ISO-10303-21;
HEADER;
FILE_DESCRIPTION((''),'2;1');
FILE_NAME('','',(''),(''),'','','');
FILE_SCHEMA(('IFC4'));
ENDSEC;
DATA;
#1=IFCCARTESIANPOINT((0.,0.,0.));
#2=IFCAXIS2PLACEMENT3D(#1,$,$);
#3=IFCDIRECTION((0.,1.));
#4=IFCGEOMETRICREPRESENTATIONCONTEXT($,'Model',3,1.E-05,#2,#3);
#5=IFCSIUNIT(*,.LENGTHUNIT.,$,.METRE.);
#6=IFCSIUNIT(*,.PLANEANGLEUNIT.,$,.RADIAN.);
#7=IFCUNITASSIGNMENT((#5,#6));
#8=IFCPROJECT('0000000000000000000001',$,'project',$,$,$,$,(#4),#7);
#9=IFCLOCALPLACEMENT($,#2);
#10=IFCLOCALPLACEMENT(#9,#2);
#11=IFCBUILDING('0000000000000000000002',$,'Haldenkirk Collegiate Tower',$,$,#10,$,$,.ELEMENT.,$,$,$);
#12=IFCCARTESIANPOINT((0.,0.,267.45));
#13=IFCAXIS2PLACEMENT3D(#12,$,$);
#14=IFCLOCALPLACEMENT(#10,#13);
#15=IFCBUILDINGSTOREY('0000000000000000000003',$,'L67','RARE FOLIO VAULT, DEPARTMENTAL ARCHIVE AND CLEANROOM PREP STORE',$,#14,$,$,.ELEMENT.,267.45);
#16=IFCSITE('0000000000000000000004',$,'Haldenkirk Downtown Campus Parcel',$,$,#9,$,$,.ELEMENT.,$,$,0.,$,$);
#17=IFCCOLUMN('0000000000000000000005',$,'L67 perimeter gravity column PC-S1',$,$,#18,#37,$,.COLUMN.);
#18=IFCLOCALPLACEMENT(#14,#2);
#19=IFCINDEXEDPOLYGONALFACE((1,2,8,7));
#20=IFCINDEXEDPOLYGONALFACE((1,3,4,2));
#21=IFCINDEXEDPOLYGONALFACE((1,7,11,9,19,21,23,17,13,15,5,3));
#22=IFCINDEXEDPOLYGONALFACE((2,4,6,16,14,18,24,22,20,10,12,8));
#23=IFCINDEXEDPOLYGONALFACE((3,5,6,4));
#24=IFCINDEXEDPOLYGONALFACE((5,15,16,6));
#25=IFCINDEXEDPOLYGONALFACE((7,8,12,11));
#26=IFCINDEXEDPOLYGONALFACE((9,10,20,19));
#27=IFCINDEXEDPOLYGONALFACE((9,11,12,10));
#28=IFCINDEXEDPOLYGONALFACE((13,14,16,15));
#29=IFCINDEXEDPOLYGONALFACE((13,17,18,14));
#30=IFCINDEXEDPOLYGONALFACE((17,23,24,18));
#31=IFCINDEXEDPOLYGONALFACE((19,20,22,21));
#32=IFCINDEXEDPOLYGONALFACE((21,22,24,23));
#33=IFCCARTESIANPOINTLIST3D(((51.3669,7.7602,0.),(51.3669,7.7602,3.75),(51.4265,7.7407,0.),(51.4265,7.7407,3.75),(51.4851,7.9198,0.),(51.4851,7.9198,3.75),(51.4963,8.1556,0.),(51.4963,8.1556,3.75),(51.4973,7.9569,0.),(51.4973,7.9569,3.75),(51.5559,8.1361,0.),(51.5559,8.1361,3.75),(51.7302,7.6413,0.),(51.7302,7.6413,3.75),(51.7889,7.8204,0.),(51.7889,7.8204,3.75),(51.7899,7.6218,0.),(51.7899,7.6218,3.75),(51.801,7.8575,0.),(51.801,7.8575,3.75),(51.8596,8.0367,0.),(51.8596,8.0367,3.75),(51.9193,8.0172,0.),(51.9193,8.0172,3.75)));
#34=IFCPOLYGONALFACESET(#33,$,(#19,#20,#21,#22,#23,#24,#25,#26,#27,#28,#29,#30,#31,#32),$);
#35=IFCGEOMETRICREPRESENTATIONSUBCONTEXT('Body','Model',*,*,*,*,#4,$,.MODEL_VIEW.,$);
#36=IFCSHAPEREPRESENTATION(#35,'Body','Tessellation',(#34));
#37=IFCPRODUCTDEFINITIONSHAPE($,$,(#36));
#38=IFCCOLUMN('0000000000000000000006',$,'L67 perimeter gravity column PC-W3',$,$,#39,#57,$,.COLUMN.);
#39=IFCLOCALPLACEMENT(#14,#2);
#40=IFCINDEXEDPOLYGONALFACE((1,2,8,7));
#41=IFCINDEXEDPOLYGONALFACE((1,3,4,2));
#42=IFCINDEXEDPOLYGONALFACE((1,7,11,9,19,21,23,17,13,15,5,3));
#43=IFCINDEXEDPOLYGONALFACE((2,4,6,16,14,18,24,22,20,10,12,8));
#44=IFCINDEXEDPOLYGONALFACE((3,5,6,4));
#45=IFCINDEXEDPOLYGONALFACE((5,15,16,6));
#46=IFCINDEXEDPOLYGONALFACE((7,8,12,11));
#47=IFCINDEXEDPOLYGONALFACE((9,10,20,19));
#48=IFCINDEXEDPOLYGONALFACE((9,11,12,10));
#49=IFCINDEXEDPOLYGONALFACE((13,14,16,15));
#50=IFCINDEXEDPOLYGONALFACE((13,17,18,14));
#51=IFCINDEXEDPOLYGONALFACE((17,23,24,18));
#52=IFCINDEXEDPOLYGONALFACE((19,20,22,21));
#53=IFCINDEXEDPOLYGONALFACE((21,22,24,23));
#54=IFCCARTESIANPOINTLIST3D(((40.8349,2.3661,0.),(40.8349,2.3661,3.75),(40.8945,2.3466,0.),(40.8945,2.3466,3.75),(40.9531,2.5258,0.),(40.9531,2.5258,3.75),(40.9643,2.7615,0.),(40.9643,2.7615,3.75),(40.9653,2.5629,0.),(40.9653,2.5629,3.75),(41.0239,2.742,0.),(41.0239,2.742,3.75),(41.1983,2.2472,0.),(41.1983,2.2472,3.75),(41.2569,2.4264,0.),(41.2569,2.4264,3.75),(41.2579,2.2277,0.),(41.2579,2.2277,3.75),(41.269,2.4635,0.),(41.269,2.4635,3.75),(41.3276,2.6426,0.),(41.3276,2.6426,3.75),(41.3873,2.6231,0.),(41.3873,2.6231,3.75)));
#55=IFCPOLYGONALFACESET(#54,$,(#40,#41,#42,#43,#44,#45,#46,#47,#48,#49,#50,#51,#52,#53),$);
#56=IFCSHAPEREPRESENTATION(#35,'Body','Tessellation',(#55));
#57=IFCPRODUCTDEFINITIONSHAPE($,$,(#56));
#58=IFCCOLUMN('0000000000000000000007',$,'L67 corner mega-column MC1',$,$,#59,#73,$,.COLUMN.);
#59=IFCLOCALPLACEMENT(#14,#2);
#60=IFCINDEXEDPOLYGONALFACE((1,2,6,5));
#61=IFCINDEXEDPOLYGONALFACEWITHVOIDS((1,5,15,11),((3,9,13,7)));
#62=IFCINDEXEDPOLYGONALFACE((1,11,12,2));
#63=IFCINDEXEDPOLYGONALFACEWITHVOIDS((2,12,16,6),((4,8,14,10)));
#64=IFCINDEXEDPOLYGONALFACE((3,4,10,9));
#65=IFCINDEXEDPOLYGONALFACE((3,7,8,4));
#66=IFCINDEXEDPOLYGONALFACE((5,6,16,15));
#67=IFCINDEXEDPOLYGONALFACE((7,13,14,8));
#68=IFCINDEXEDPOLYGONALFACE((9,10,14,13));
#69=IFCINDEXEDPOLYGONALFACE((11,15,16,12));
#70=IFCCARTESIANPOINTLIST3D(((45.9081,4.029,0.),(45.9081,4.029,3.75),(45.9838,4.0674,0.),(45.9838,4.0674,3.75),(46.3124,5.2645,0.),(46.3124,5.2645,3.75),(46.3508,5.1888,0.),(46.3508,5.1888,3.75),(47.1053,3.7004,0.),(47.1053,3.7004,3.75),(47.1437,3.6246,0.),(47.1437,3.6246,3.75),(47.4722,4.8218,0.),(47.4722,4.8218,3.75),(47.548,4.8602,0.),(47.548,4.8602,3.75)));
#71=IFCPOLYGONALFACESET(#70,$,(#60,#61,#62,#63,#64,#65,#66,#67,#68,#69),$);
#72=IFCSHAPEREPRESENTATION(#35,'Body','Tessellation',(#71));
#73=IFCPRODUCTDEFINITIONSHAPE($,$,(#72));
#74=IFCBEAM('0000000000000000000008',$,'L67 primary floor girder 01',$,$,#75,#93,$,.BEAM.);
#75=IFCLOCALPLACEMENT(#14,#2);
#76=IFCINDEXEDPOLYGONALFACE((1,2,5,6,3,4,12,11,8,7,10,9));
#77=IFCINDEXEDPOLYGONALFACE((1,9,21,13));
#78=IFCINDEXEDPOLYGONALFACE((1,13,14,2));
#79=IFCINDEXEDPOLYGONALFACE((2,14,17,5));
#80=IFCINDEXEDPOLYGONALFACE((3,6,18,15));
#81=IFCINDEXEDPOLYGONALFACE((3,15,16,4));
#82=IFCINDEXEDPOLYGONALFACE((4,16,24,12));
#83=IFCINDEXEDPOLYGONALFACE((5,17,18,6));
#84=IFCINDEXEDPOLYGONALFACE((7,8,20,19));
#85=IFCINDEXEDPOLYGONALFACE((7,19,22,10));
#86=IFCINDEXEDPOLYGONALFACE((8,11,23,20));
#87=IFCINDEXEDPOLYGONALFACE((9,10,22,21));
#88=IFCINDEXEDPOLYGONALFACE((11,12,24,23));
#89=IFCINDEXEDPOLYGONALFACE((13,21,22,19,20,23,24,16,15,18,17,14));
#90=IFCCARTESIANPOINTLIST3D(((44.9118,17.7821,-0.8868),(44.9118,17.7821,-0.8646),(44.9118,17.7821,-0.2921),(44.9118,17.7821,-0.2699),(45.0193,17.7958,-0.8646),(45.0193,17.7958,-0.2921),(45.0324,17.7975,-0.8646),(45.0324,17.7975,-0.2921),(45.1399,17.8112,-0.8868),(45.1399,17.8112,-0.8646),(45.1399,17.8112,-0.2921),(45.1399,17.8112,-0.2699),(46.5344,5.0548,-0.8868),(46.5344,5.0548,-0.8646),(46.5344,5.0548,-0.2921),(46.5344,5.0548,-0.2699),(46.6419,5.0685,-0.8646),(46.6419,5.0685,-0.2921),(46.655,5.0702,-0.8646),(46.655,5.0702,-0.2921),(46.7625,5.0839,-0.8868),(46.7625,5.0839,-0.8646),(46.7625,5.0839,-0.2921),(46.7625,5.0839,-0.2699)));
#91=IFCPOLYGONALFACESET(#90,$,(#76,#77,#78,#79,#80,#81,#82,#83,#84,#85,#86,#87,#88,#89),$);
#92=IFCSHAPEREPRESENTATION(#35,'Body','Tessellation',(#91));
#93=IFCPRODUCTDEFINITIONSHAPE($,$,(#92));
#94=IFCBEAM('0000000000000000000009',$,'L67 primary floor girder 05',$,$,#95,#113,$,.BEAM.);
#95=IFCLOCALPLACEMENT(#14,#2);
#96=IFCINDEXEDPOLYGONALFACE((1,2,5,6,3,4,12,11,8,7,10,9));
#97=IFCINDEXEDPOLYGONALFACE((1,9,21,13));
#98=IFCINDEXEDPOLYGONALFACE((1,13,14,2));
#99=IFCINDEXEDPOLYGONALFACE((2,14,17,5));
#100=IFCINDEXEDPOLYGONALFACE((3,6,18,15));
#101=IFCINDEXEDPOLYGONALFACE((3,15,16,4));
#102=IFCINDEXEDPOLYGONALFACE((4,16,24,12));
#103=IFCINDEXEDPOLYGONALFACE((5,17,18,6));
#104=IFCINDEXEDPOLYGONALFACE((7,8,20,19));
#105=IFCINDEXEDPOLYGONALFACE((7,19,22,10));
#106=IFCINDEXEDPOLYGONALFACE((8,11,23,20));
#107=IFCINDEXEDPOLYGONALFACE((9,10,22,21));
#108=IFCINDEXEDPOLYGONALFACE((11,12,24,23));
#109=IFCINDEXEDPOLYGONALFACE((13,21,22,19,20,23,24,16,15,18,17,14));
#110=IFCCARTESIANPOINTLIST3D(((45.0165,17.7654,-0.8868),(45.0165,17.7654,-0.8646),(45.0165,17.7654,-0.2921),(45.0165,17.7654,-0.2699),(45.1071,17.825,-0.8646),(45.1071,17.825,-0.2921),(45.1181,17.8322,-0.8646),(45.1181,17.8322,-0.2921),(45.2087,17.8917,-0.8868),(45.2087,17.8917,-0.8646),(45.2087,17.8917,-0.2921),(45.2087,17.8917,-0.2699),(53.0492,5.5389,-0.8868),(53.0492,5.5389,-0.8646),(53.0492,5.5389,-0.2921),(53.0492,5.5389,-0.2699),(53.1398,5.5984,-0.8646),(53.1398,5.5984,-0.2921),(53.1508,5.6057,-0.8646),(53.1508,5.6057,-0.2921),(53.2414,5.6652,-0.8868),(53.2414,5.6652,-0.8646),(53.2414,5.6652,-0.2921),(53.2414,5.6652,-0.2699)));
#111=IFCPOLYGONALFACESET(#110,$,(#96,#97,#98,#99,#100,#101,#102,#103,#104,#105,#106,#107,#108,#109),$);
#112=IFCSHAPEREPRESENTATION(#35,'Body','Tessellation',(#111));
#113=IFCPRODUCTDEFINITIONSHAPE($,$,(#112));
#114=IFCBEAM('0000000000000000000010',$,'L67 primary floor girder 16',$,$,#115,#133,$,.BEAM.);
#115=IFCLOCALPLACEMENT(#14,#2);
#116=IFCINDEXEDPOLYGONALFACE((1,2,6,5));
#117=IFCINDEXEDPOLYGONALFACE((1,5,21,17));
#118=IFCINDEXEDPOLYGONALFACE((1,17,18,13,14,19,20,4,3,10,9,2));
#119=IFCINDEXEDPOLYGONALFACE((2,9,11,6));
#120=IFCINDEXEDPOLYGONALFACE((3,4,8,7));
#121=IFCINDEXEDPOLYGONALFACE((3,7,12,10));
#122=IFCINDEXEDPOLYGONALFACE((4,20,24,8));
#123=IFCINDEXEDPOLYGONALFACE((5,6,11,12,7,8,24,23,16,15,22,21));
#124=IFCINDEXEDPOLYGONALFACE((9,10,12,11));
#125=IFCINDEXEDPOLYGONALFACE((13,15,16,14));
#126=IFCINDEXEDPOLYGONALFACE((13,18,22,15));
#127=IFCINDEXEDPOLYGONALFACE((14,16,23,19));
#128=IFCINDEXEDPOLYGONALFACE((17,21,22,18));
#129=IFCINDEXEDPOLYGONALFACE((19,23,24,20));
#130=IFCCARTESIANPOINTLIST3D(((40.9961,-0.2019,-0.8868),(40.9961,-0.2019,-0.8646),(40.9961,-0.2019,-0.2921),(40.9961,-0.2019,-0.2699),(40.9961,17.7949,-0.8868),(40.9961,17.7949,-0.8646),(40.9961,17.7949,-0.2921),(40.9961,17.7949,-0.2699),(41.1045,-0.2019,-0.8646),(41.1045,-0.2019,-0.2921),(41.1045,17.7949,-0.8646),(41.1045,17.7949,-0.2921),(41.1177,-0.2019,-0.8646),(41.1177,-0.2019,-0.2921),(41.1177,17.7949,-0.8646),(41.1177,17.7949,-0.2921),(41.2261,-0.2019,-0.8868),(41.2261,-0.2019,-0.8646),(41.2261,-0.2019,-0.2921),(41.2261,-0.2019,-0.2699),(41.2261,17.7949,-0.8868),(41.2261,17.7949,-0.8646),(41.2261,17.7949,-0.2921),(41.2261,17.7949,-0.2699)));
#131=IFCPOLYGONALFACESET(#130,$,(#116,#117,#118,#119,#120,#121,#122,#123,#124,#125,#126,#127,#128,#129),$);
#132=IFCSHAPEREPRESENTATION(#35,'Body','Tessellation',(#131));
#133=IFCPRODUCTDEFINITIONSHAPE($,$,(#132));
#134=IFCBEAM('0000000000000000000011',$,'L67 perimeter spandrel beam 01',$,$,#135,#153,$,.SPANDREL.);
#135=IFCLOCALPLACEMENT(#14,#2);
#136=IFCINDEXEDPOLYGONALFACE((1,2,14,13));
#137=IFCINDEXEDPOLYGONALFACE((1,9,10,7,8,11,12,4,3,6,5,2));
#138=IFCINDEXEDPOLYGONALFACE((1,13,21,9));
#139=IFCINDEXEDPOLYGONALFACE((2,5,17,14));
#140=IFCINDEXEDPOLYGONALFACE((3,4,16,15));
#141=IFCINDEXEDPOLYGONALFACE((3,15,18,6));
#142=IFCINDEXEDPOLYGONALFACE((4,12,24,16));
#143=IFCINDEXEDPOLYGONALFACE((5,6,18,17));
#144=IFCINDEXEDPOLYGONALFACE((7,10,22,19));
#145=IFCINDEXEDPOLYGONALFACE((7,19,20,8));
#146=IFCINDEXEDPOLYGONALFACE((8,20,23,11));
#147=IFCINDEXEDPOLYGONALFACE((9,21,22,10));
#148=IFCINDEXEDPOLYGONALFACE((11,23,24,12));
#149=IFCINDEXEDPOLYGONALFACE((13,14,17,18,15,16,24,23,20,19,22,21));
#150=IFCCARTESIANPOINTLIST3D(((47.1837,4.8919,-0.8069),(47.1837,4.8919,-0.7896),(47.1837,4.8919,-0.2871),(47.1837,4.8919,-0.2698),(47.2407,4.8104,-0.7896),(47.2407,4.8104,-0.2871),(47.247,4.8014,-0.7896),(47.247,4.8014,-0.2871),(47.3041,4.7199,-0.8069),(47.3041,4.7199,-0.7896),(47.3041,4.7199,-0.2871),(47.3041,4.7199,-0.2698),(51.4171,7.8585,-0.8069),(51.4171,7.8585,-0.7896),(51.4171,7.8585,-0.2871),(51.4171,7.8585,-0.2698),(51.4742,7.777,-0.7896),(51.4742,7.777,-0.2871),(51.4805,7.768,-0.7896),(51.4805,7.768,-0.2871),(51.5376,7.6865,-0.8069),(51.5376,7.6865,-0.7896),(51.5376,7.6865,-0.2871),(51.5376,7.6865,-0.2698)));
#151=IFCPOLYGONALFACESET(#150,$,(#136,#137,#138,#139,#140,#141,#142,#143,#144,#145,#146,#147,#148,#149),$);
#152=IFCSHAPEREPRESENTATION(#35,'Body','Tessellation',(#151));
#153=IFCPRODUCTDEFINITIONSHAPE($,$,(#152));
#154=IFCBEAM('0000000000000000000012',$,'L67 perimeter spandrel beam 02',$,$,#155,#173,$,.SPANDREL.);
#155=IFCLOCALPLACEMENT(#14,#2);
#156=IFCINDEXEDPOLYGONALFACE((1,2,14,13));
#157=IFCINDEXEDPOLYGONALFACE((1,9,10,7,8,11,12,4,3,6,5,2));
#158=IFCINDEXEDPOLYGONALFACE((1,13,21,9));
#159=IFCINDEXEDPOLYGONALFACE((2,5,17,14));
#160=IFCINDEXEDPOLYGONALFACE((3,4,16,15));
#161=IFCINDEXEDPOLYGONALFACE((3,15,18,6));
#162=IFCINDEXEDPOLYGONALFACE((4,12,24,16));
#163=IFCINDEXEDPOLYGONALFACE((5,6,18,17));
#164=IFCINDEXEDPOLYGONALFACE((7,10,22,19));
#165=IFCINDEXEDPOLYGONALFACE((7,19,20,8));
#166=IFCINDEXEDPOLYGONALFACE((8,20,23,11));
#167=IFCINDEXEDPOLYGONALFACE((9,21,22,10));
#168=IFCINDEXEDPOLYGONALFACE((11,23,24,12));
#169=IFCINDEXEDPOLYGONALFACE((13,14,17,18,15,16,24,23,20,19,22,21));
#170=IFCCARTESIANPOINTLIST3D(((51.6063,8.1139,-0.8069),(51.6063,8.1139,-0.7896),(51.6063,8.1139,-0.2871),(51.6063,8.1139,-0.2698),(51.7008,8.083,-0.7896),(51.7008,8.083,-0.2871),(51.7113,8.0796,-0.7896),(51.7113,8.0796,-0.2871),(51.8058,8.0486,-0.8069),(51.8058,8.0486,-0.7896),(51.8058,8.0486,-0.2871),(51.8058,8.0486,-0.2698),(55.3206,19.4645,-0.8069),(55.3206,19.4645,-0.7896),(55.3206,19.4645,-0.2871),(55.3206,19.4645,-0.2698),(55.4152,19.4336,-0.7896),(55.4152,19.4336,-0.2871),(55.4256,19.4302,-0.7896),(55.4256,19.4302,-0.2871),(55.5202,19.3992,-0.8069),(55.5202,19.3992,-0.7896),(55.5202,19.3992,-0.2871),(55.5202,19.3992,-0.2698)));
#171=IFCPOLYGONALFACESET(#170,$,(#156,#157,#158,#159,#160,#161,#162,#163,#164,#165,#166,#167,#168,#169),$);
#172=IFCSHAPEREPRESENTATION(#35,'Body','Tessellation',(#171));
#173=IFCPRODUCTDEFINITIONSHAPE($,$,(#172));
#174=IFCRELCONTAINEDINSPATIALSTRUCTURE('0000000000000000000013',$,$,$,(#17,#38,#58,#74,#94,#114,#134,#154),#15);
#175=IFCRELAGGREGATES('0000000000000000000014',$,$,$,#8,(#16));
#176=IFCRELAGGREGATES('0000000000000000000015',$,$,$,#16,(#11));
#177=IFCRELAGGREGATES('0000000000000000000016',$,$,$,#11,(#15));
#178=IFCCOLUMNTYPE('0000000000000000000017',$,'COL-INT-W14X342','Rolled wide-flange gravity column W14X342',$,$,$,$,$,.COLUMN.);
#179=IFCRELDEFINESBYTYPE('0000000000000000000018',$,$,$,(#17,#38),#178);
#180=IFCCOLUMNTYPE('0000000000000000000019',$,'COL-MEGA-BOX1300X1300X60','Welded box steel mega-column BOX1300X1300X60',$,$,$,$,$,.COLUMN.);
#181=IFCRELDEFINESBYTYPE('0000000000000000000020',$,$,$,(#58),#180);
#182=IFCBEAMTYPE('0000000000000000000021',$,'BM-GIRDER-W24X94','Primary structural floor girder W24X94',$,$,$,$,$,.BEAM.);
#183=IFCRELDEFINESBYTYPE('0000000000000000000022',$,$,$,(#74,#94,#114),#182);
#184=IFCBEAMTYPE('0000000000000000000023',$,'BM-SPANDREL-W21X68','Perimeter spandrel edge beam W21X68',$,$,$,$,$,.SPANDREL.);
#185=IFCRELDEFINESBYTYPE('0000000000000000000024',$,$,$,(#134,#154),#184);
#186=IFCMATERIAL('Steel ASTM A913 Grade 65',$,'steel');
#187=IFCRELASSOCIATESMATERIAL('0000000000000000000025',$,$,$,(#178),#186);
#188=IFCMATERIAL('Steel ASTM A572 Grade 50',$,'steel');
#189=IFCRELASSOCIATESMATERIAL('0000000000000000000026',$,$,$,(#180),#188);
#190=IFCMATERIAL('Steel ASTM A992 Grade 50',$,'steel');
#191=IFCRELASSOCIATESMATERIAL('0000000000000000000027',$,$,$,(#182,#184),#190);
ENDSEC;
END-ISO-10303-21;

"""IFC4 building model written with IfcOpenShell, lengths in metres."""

from ifc_helpers import new_model, si_unit, direction, frame, origin, origin_2d, place, context, subcontext, project, spatial, hollow_rectangle, i_section, extrude, material, material_profile, profile_set, type_object, element, save


model = new_model("IFC4")

# Units and contexts
model_context = context("Model", 3, precision=1e-05, world=origin(), true_north=direction((0.0, 1.0)))
body_context = subcontext(model_context, "Body", "Model", "MODEL_VIEW")
ifc_project = project(units=[si_unit("LENGTHUNIT", "METRE"), si_unit("PLANEANGLEUNIT", "RADIAN")], contexts=[model_context])

# Site, building, storey
site_placement = place(None, origin())
site = spatial("IfcSite", under=ifc_project, at=site_placement, Name="Haldenkirk Downtown Campus Parcel", CompositionType="ELEMENT", RefElevation=0.0)
building_placement = place(site_placement, origin())
building = spatial("IfcBuilding", under=site, at=building_placement, Name="Haldenkirk Collegiate Tower", CompositionType="ELEMENT")
storey_placement = place(building_placement, frame((0.0, 0.0, 267.45)))
storey = spatial("IfcBuildingStorey", under=building, at=storey_placement, Name="L67", Description="RARE FOLIO VAULT, DEPARTMENTAL ARCHIVE AND CLEANROOM PREP STORE", CompositionType="ELEMENT", Elevation=267.45)

# Columns
ifc_material_1 = material(Name="Steel ASTM A913 Grade 65", Category="steel")
ifc_material_profile_1 = material_profile(ifc_material_1, i_section(OverallWidth=0.416, OverallDepth=0.4451, WebThickness=0.0391, FlangeThickness=0.0627, at=origin_2d()), Name="W14X342")
ifc_profile_set_1 = profile_set([ifc_material_profile_1], Name="Steel ASTM A913 Grade 65")
column_type_1 = type_object("IfcColumnType", Name="COL-INT-W14X342", Description="Rolled wide-flange gravity column W14X342", PredefinedType="COLUMN", material=ifc_profile_set_1)
for number, where, z_axis, x_axis, name in (
    (1, (51.6431, 7.8887, 0.0), (0.0, 0.0, 1.0), (0.311008, 0.950407, 0.0), "L67 perimeter gravity column PC-S1"),
    (2, (41.1111, 2.4946, 0.0), (0.0, 0.0, 1.0), (0.311008, 0.950407, 0.0), "L67 perimeter gravity column PC-W3"),
):
    element("IfcColumn", number, at=place(storey_placement, frame(where, z_axis=z_axis, x_axis=x_axis)), inside=storey, type_object=column_type_1, Name=name, PredefinedType="COLUMN", context=body_context, shape_type="SweptSolid", body=[
        extrude(i_section(OverallWidth=0.416, OverallDepth=0.4451, WebThickness=0.0391, FlangeThickness=0.0627, at=origin_2d()), origin(), (0.0, 0.0, 1.0), 3.75),
    ])
ifc_material_2 = material(Name="Steel ASTM A572 Grade 50", Category="steel")
ifc_material_profile_2 = material_profile(ifc_material_2, hollow_rectangle(XDim=1.3, YDim=1.3, WallThickness=0.0601, at=origin_2d()), Name="BOX1300X1300X60")
ifc_profile_set_2 = profile_set([ifc_material_profile_2], Name="Steel ASTM A572 Grade 50")
column_type_2 = type_object("IfcColumnType", Name="COL-MEGA-BOX1300X1300X60", Description="Welded box steel mega-column BOX1300X1300X60", PredefinedType="COLUMN", material=ifc_profile_set_2)
column_placement = place(storey_placement, frame((46.728, 4.4446, 0.0), z_axis=(0.0, 0.0, 1.0), x_axis=(0.311008, 0.950407, 0.0)))
element("IfcColumn", 3, at=column_placement, inside=storey, type_object=column_type_2, Name="L67 corner mega-column MC1", PredefinedType="COLUMN", context=body_context, shape_type="SweptSolid", body=[
    extrude(hollow_rectangle(XDim=1.3, YDim=1.3, WallThickness=0.0601, at=origin_2d()), origin(), (0.0, 0.0, 1.0), 3.75),
])

# Beams
ifc_material_3 = material(Name="Steel ASTM A992 Grade 50", Category="steel")
ifc_material_profile_3 = material_profile(ifc_material_3, i_section(OverallWidth=0.23, OverallDepth=0.6169, WebThickness=0.0132, FlangeThickness=0.0222, at=origin_2d()), Name="W24X94")
ifc_profile_set_3 = profile_set([ifc_material_profile_3], Name="Steel ASTM A992 Grade 50")
beam_type_1 = type_object("IfcBeamType", Name="BM-GIRDER-W24X94", Description="Primary structural floor girder W24X94", PredefinedType="BEAM", material=ifc_profile_set_3)
beam_1_placement = place(storey_placement, frame((46.6484, 5.0693, -0.5784), z_axis=(-0.126463, 0.991971, 0.0), x_axis=(-0.991971, -0.126463, 0.0)))
element("IfcBeam", 4, at=beam_1_placement, inside=storey, type_object=beam_type_1, Name="L67 primary floor girder 01", PredefinedType="BEAM", context=body_context, shape_type="SweptSolid", body=[
    extrude(i_section(OverallWidth=0.23, OverallDepth=0.6169, WebThickness=0.0132, FlangeThickness=0.0222, at=origin_2d()), origin(), (0.0, 0.0, 1.0), 12.8303),
])
beam_2_placement = place(storey_placement, frame((53.1453, 5.6021, -0.5784), z_axis=(-0.549088, 0.835765, 0.0), x_axis=(-0.835765, -0.549088, 0.0)))
element("IfcBeam", 5, at=beam_2_placement, inside=storey, type_object=beam_type_1, Name="L67 primary floor girder 05", PredefinedType="BEAM", context=body_context, shape_type="SweptSolid", body=[
    extrude(i_section(OverallWidth=0.23, OverallDepth=0.6169, WebThickness=0.0132, FlangeThickness=0.0222, at=origin_2d()), origin(), (0.0, 0.0, 1.0), 14.6292),
])
beam_3_placement = place(storey_placement, frame((41.1111, -0.2019, -0.5784), z_axis=(0.0, 1.0, 0.0), x_axis=(-1.0, 0.0, 0.0)))
element("IfcBeam", 6, at=beam_3_placement, inside=storey, type_object=beam_type_1, Name="L67 primary floor girder 16", PredefinedType="BEAM", context=body_context, shape_type="SweptSolid", body=[
    extrude(i_section(OverallWidth=0.23, OverallDepth=0.6169, WebThickness=0.0132, FlangeThickness=0.0222, at=origin_2d()), origin(), (0.0, 0.0, 1.0), 17.9968),
])
ifc_material_profile_4 = material_profile(ifc_material_3, i_section(OverallWidth=0.21, OverallDepth=0.5371, WebThickness=0.011, FlangeThickness=0.0173, at=origin_2d()), Name="W21X68")
ifc_profile_set_4 = profile_set([ifc_material_profile_4], Name="Steel ASTM A992 Grade 50")
beam_type_2 = type_object("IfcBeamType", Name="BM-SPANDREL-W21X68", Description="Perimeter spandrel edge beam W21X68", PredefinedType="SPANDREL", material=ifc_profile_set_4)
beam_4_placement = place(storey_placement, frame((47.2439, 4.8059, -0.5383), z_axis=(0.818943, 0.573874, 0.0), x_axis=(-0.573874, 0.818943, 0.0)))
element("IfcBeam", 7, at=beam_4_placement, inside=storey, type_object=beam_type_2, Name="L67 perimeter spandrel beam 01", PredefinedType="SPANDREL", context=body_context, shape_type="SweptSolid", body=[
    extrude(i_section(OverallWidth=0.21, OverallDepth=0.5371, WebThickness=0.011, FlangeThickness=0.0173, at=origin_2d()), origin(), (0.0, 0.0, 1.0), 5.1694),
])
beam_5_placement = place(storey_placement, frame((51.7061, 8.0813, -0.5383), z_axis=(0.31101, 0.950407, 0.0), x_axis=(-0.950407, 0.31101, 0.0)))
element("IfcBeam", 8, at=beam_5_placement, inside=storey, type_object=beam_type_2, Name="L67 perimeter spandrel beam 02", PredefinedType="SPANDREL", context=body_context, shape_type="SweptSolid", body=[
    extrude(i_section(OverallWidth=0.21, OverallDepth=0.5371, WebThickness=0.011, FlangeThickness=0.0173, at=origin_2d()), origin(), (0.0, 0.0, 1.0), 11.9429),
])

save(model, "model.ifc")
